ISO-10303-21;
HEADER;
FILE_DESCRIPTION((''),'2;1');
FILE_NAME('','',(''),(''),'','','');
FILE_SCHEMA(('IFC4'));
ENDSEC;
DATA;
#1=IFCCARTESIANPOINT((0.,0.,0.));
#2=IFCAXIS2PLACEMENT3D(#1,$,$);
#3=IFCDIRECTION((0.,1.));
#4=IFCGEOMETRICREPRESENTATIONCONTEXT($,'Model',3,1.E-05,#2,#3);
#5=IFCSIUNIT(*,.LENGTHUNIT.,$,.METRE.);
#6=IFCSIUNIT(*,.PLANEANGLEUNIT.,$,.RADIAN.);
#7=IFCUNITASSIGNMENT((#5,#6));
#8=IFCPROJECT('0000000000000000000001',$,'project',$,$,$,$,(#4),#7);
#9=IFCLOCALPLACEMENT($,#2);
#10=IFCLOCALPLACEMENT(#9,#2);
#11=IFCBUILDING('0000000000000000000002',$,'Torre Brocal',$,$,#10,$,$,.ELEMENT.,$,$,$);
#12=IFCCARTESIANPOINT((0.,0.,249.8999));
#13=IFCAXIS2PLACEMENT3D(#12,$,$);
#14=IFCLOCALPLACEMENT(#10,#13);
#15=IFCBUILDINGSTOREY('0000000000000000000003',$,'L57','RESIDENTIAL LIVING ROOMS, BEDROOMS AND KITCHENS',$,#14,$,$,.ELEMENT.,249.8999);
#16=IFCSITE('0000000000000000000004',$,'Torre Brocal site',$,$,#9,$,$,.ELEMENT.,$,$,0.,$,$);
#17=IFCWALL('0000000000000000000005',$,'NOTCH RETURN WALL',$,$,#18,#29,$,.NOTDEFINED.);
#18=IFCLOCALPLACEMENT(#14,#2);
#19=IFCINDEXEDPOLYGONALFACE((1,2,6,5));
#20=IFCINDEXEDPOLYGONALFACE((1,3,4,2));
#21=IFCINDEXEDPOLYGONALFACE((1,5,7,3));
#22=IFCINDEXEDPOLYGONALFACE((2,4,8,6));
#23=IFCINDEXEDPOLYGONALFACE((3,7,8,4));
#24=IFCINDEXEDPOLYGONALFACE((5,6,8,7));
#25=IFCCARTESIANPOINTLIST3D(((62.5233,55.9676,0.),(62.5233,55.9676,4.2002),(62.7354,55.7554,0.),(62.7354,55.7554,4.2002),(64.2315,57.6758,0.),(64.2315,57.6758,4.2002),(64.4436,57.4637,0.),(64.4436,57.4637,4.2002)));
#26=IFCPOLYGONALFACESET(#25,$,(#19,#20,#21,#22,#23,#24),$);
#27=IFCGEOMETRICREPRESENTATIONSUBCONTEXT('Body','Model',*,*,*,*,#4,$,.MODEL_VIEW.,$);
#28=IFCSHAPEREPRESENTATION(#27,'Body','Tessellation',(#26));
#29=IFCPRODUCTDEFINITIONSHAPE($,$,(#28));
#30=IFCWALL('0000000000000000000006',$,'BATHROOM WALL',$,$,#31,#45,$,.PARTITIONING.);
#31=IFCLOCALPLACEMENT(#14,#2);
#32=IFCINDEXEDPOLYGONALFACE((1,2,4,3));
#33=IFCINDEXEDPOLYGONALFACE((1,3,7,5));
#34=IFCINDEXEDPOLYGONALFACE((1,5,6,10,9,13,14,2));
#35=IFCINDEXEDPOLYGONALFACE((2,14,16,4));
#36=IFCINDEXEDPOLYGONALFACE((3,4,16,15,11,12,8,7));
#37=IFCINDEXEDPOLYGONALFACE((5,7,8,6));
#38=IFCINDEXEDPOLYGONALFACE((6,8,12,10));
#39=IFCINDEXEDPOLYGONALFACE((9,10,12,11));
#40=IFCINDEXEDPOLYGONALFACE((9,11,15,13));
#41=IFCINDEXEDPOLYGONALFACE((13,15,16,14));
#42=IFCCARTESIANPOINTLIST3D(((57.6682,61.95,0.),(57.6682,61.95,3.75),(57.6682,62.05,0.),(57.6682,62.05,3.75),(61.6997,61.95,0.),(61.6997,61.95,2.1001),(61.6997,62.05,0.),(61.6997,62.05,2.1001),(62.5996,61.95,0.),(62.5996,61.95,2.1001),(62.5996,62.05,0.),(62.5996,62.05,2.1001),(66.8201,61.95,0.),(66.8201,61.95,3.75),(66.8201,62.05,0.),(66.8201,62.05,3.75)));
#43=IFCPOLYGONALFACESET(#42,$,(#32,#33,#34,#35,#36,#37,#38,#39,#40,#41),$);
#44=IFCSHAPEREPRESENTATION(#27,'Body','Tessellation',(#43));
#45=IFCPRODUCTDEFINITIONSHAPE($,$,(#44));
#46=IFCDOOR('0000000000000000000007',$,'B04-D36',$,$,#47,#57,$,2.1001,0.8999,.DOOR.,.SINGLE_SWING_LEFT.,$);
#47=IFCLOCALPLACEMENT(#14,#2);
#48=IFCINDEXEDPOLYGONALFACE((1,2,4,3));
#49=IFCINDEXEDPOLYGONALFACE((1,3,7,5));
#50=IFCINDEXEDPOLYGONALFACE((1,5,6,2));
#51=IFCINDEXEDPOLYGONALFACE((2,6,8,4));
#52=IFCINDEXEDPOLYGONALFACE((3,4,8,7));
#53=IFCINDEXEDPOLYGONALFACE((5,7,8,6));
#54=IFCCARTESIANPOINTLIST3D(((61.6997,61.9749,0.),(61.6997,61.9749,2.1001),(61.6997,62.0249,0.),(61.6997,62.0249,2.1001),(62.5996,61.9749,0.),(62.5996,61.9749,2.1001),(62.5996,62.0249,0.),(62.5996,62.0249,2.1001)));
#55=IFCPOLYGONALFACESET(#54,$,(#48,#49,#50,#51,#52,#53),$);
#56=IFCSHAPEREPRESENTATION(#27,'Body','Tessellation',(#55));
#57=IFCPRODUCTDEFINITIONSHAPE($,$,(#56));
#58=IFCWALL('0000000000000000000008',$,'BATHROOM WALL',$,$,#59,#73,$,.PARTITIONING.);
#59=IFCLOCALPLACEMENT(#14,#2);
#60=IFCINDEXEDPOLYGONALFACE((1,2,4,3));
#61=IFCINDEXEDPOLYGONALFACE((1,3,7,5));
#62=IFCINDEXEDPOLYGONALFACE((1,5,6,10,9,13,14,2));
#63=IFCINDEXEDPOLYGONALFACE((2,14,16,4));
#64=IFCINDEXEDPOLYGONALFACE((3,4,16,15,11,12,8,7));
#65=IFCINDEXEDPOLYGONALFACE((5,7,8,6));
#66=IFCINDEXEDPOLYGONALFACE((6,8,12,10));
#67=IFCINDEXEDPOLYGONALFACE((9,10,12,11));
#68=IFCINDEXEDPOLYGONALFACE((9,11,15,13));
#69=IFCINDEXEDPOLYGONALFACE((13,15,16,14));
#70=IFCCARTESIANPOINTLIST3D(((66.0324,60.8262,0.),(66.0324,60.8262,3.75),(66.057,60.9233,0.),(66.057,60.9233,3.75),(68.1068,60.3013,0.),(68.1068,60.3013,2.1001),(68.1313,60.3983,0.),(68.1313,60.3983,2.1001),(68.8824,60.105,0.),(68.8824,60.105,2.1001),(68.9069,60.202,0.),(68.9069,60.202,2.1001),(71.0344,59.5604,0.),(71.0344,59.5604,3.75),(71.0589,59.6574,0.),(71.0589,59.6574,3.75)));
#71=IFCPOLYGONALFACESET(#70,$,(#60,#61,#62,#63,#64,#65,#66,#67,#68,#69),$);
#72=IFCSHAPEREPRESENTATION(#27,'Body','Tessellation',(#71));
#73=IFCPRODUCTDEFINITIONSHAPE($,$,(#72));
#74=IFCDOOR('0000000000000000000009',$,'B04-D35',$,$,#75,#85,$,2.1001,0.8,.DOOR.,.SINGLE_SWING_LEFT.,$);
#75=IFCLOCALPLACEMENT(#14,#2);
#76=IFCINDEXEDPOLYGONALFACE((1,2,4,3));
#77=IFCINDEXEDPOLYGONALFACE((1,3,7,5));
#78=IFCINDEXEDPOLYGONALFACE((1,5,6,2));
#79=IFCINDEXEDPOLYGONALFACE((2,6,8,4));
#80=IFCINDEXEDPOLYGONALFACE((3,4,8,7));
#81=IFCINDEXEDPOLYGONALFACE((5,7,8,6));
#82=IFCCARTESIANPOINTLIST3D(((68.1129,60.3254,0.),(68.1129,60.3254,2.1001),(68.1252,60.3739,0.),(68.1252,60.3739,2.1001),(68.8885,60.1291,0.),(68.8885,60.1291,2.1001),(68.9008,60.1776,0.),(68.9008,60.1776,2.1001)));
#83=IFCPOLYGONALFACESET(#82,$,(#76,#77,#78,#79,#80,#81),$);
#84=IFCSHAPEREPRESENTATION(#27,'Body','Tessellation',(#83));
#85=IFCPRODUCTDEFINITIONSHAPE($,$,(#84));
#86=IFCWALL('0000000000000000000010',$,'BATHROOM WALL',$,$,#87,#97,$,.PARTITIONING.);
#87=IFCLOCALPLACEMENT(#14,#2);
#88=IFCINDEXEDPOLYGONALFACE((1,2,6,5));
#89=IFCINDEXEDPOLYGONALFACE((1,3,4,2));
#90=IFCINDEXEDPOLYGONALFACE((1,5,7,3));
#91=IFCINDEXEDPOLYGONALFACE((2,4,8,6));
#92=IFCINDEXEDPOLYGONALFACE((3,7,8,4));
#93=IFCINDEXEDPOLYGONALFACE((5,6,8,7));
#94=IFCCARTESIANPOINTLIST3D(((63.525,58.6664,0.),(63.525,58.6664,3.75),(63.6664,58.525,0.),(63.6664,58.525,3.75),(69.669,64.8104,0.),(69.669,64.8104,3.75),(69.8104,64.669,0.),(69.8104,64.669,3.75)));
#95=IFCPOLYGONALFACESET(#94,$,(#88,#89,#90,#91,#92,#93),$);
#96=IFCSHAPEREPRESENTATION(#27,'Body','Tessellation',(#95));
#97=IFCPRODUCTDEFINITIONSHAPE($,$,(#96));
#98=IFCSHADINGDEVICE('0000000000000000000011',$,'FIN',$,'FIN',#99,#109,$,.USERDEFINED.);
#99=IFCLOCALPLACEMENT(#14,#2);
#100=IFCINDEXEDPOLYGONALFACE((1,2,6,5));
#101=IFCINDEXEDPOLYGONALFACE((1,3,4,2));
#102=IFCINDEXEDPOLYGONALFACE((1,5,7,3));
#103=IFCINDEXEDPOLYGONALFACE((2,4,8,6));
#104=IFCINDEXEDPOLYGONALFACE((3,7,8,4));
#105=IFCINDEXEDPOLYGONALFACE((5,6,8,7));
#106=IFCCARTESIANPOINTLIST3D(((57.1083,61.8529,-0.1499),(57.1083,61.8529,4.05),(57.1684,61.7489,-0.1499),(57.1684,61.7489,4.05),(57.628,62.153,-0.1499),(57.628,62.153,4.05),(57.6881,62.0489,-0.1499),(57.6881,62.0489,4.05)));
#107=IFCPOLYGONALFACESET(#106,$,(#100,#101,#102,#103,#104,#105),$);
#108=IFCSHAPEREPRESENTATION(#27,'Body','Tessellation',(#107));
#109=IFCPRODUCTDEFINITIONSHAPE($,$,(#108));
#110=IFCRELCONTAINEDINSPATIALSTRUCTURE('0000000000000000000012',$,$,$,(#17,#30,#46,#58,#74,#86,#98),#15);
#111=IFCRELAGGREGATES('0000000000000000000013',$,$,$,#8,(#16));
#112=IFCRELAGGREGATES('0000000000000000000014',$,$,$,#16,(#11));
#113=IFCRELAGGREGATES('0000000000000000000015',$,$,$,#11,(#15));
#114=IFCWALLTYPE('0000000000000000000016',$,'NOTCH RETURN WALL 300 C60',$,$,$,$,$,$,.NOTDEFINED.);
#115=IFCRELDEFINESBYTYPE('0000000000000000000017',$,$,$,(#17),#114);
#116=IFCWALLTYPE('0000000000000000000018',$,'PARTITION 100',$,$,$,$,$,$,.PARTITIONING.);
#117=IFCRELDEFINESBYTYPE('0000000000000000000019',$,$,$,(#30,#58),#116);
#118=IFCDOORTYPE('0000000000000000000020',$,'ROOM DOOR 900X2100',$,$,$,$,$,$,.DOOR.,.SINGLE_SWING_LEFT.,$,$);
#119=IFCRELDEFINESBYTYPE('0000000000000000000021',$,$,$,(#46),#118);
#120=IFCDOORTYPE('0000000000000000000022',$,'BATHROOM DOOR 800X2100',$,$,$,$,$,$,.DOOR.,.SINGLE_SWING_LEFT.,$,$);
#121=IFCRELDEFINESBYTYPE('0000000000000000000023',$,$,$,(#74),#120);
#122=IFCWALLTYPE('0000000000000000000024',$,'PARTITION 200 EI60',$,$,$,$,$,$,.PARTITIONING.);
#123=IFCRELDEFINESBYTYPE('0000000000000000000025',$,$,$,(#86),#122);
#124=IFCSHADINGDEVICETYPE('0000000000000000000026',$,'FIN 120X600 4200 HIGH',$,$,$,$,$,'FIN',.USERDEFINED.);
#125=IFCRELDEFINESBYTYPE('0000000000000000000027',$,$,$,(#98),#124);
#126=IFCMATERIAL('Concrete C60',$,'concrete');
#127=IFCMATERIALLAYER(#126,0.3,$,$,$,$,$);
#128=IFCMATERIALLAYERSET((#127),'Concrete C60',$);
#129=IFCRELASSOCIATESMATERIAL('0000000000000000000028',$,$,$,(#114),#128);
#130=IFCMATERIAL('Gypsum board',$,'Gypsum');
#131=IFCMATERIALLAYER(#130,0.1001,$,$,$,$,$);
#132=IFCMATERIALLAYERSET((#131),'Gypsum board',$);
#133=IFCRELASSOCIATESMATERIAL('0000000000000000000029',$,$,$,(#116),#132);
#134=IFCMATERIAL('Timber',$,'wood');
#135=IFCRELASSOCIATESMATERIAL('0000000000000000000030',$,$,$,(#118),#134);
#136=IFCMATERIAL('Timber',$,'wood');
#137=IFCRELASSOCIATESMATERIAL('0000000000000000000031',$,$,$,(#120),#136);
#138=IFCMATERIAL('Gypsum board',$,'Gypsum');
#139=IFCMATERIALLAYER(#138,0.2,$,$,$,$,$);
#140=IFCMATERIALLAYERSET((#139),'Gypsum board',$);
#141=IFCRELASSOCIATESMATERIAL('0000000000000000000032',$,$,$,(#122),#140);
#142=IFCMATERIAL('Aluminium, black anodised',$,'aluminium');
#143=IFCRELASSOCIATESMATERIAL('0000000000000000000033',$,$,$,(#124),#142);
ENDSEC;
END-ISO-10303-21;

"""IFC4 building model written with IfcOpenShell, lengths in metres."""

from ifc_helpers import new_model, si_unit, direction, frame, frame_2d, origin, origin_2d, place, context, subcontext, project, spatial, rectangle, extrude, material, layer, layer_set, material_profile, profile_set, type_object, element, fill, save


model = new_model("IFC4")

# Units and contexts
model_context = context("Model", 3, precision=1e-05, world=origin(), true_north=direction((0.0, 1.0)))
body_context = subcontext(model_context, "Body", "Model", "MODEL_VIEW")
ifc_project = project(units=[si_unit("LENGTHUNIT", "METRE"), si_unit("PLANEANGLEUNIT", "RADIAN")], contexts=[model_context])

# Site, building, storey
site_placement = place(None, origin())
site = spatial("IfcSite", under=ifc_project, at=site_placement, Name="Torre Brocal site", CompositionType="ELEMENT", RefElevation=0.0)
building_placement = place(site_placement, origin())
building = spatial("IfcBuilding", under=site, at=building_placement, Name="Torre Brocal", CompositionType="ELEMENT")
storey_placement = place(building_placement, frame((0.0, 0.0, 249.8999)))
storey = spatial("IfcBuildingStorey", under=building, at=storey_placement, Name="L57", Description="RESIDENTIAL LIVING ROOMS, BEDROOMS AND KITCHENS", CompositionType="ELEMENT", Elevation=249.8999)

# Wall
ifc_material_1 = material(Name="Concrete C60", Category="concrete")
ifc_layer_1 = layer(ifc_material_1, 0.3)
ifc_layer_set_1 = layer_set([ifc_layer_1], Name="Concrete C60")
wall_type_1 = type_object("IfcWallType", Name="NOTCH RETURN WALL 300 C60", PredefinedType="NOTDEFINED", material=ifc_layer_set_1)
for number, where, z_axis, x_axis, name in (
    (1, (64.3376, 57.5698, 0.0), (0.0, 0.0, 1.0), (-0.707107, -0.707107, 0.0), "NOTCH RETURN WALL"),
):
    element("IfcWall", number, at=place(storey_placement, frame(where, z_axis=z_axis, x_axis=x_axis)), inside=storey, type_object=wall_type_1, Name=name, PredefinedType="NOTDEFINED", context=body_context, shape_type="SweptSolid", body=[
        extrude(rectangle(XDim=2.4158, YDim=0.3, at=frame_2d((1.208, 0.0))), origin(), (0.0, 0.0, 1.0), 4.2002),
    ])

# Walls, openings, doors
ifc_material_2 = material(Name="Gypsum board", Category="Gypsum")
ifc_layer_2 = layer(ifc_material_2, 0.1001)
ifc_layer_set_2 = layer_set([ifc_layer_2], Name="Gypsum board")
wall_type_2 = type_object("IfcWallType", Name="PARTITION 100", PredefinedType="PARTITIONING", material=ifc_layer_set_2)
wall_1_placement = place(storey_placement, frame((57.6682, 62.0, 0.0), z_axis=(0.0, 0.0, 1.0), x_axis=(1.0, 0.0, 0.0)))
wall_1 = element("IfcWall", 2, at=wall_1_placement, inside=storey, type_object=wall_type_2, Name="BATHROOM WALL", PredefinedType="PARTITIONING", context=body_context, shape_type="SweptSolid", body=[
    extrude(rectangle(XDim=9.1519, YDim=0.1001, at=frame_2d((4.5759, 0.0))), origin(), (0.0, 0.0, 1.0), 3.75),
])
opening_1_placement = place(wall_1_placement, frame((4.0315, 0.0, 0.0)))
opening_1 = element("IfcOpeningElement", 3, at=opening_1_placement, cuts=wall_1, PredefinedType="OPENING", context=body_context, shape_type="SweptSolid", body=[
    extrude(rectangle(XDim=0.8999, YDim=2.1001, at=frame_2d((0.45, 1.05))), frame((0.0, 0.0601, 0.0), z_axis=(0.0, -1.0, 0.0), x_axis=(1.0, 0.0, 0.0)), (0.0, 0.0, 1.0), 0.1201),
])
ifc_material_3 = material(Name="Timber", Category="wood")
door_type_1 = type_object("IfcDoorType", Name="ROOM DOOR 900X2100", OperationType="SINGLE_SWING_LEFT", PredefinedType="DOOR", material=ifc_material_3)
door_1_placement = place(opening_1_placement, origin())
door_1 = element("IfcDoor", 4, at=door_1_placement, inside=storey, type_object=door_type_1, Name="B04-D36", OperationType="SINGLE_SWING_LEFT", OverallHeight=2.1001, OverallWidth=0.8999, PredefinedType="DOOR", context=body_context, shape_type="SweptSolid", body=[
    extrude(rectangle(XDim=0.8999, YDim=2.1001, at=frame_2d((0.45, 1.05))), frame((0.0, 0.0249, 0.0), z_axis=(0.0, -1.0, 0.0), x_axis=(1.0, 0.0, 0.0)), (0.0, 0.0, 1.0), 0.05),
])
fill(opening_1, door_1)
wall_2_placement = place(storey_placement, frame((66.0447, 60.8748, 0.0), z_axis=(0.0, 0.0, 1.0), x_axis=(0.969437, -0.24534, 0.0)))
wall_2 = element("IfcWall", 5, at=wall_2_placement, inside=storey, type_object=wall_type_2, Name="BATHROOM WALL", PredefinedType="PARTITIONING", context=body_context, shape_type="SweptSolid", body=[
    extrude(rectangle(XDim=5.1597, YDim=0.1001, at=frame_2d((2.5798, 0.0))), origin(), (0.0, 0.0, 1.0), 3.75),
])
opening_2_placement = place(wall_2_placement, frame((2.1399, 0.0, 0.0)))
opening_2 = element("IfcOpeningElement", 6, at=opening_2_placement, cuts=wall_2, PredefinedType="OPENING", context=body_context, shape_type="SweptSolid", body=[
    extrude(rectangle(XDim=0.8, YDim=2.1001, at=frame_2d((0.3999, 1.05))), frame((0.0, 0.0601, 0.0), z_axis=(0.0, -1.0, 0.0), x_axis=(1.0, 0.0, 0.0)), (0.0, 0.0, 1.0), 0.1201),
])
ifc_material_4 = material(Name="Timber", Category="wood")
door_type_2 = type_object("IfcDoorType", Name="BATHROOM DOOR 800X2100", OperationType="SINGLE_SWING_LEFT", PredefinedType="DOOR", material=ifc_material_4)
door_2_placement = place(opening_2_placement, origin())
door_2 = element("IfcDoor", 7, at=door_2_placement, inside=storey, type_object=door_type_2, Name="B04-D35", OperationType="SINGLE_SWING_LEFT", OverallHeight=2.1001, OverallWidth=0.8, PredefinedType="DOOR", context=body_context, shape_type="SweptSolid", body=[
    extrude(rectangle(XDim=0.8, YDim=2.1001, at=frame_2d((0.3999, 1.05))), frame((0.0, 0.0249, 0.0), z_axis=(0.0, -1.0, 0.0), x_axis=(1.0, 0.0, 0.0)), (0.0, 0.0, 1.0), 0.05),
])
fill(opening_2, door_2)

# Wall
ifc_material_5 = material(Name="Gypsum board", Category="Gypsum")
ifc_layer_3 = layer(ifc_material_5, 0.2)
ifc_layer_set_3 = layer_set([ifc_layer_3], Name="Gypsum board")
wall_type_3 = type_object("IfcWallType", Name="PARTITION 200 EI60", PredefinedType="PARTITIONING", material=ifc_layer_set_3)
wall_3_placement = place(storey_placement, frame((63.5957, 58.5957, 0.0), z_axis=(0.0, 0.0, 1.0), x_axis=(0.707107, 0.707107, 0.0)))
element("IfcWall", 8, at=wall_3_placement, inside=storey, type_object=wall_type_3, Name="BATHROOM WALL", PredefinedType="PARTITIONING", context=body_context, shape_type="SweptSolid", body=[
    extrude(rectangle(XDim=8.689, YDim=0.2, at=frame_2d((4.3445, 0.0))), origin(), (0.0, 0.0, 1.0), 3.75),
])

# Shading device
ifc_material_6 = material(Name="Aluminium, black anodised", Category="aluminium")
ifc_material_profile_1 = material_profile(ifc_material_6, rectangle(XDim=0.1201, YDim=0.6001, at=origin_2d()), Name="FIN 120X600 4200 HIGH")
ifc_profile_set_1 = profile_set([ifc_material_profile_1], Name="Aluminium, black anodised")
shading_device_type = type_object("IfcShadingDeviceType", Name="FIN 120X600 4200 HIGH", ElementType="FIN", PredefinedType="USERDEFINED", material=ifc_profile_set_1)
shading_device_placement = place(storey_placement, frame((57.3982, 61.9509, -0.1499), z_axis=(0.0, 0.0, 1.0), x_axis=(0.5, -0.866025, 0.0)))
element("IfcShadingDevice", 9, at=shading_device_placement, inside=storey, type_object=shading_device_type, Name="FIN", ObjectType="FIN", PredefinedType="USERDEFINED", context=body_context, shape_type="SweptSolid", body=[
    extrude(rectangle(XDim=0.1201, YDim=0.6001, at=origin_2d()), origin(), (0.0, 0.0, 1.0), 4.2),
])

save(model, "model.ifc")
